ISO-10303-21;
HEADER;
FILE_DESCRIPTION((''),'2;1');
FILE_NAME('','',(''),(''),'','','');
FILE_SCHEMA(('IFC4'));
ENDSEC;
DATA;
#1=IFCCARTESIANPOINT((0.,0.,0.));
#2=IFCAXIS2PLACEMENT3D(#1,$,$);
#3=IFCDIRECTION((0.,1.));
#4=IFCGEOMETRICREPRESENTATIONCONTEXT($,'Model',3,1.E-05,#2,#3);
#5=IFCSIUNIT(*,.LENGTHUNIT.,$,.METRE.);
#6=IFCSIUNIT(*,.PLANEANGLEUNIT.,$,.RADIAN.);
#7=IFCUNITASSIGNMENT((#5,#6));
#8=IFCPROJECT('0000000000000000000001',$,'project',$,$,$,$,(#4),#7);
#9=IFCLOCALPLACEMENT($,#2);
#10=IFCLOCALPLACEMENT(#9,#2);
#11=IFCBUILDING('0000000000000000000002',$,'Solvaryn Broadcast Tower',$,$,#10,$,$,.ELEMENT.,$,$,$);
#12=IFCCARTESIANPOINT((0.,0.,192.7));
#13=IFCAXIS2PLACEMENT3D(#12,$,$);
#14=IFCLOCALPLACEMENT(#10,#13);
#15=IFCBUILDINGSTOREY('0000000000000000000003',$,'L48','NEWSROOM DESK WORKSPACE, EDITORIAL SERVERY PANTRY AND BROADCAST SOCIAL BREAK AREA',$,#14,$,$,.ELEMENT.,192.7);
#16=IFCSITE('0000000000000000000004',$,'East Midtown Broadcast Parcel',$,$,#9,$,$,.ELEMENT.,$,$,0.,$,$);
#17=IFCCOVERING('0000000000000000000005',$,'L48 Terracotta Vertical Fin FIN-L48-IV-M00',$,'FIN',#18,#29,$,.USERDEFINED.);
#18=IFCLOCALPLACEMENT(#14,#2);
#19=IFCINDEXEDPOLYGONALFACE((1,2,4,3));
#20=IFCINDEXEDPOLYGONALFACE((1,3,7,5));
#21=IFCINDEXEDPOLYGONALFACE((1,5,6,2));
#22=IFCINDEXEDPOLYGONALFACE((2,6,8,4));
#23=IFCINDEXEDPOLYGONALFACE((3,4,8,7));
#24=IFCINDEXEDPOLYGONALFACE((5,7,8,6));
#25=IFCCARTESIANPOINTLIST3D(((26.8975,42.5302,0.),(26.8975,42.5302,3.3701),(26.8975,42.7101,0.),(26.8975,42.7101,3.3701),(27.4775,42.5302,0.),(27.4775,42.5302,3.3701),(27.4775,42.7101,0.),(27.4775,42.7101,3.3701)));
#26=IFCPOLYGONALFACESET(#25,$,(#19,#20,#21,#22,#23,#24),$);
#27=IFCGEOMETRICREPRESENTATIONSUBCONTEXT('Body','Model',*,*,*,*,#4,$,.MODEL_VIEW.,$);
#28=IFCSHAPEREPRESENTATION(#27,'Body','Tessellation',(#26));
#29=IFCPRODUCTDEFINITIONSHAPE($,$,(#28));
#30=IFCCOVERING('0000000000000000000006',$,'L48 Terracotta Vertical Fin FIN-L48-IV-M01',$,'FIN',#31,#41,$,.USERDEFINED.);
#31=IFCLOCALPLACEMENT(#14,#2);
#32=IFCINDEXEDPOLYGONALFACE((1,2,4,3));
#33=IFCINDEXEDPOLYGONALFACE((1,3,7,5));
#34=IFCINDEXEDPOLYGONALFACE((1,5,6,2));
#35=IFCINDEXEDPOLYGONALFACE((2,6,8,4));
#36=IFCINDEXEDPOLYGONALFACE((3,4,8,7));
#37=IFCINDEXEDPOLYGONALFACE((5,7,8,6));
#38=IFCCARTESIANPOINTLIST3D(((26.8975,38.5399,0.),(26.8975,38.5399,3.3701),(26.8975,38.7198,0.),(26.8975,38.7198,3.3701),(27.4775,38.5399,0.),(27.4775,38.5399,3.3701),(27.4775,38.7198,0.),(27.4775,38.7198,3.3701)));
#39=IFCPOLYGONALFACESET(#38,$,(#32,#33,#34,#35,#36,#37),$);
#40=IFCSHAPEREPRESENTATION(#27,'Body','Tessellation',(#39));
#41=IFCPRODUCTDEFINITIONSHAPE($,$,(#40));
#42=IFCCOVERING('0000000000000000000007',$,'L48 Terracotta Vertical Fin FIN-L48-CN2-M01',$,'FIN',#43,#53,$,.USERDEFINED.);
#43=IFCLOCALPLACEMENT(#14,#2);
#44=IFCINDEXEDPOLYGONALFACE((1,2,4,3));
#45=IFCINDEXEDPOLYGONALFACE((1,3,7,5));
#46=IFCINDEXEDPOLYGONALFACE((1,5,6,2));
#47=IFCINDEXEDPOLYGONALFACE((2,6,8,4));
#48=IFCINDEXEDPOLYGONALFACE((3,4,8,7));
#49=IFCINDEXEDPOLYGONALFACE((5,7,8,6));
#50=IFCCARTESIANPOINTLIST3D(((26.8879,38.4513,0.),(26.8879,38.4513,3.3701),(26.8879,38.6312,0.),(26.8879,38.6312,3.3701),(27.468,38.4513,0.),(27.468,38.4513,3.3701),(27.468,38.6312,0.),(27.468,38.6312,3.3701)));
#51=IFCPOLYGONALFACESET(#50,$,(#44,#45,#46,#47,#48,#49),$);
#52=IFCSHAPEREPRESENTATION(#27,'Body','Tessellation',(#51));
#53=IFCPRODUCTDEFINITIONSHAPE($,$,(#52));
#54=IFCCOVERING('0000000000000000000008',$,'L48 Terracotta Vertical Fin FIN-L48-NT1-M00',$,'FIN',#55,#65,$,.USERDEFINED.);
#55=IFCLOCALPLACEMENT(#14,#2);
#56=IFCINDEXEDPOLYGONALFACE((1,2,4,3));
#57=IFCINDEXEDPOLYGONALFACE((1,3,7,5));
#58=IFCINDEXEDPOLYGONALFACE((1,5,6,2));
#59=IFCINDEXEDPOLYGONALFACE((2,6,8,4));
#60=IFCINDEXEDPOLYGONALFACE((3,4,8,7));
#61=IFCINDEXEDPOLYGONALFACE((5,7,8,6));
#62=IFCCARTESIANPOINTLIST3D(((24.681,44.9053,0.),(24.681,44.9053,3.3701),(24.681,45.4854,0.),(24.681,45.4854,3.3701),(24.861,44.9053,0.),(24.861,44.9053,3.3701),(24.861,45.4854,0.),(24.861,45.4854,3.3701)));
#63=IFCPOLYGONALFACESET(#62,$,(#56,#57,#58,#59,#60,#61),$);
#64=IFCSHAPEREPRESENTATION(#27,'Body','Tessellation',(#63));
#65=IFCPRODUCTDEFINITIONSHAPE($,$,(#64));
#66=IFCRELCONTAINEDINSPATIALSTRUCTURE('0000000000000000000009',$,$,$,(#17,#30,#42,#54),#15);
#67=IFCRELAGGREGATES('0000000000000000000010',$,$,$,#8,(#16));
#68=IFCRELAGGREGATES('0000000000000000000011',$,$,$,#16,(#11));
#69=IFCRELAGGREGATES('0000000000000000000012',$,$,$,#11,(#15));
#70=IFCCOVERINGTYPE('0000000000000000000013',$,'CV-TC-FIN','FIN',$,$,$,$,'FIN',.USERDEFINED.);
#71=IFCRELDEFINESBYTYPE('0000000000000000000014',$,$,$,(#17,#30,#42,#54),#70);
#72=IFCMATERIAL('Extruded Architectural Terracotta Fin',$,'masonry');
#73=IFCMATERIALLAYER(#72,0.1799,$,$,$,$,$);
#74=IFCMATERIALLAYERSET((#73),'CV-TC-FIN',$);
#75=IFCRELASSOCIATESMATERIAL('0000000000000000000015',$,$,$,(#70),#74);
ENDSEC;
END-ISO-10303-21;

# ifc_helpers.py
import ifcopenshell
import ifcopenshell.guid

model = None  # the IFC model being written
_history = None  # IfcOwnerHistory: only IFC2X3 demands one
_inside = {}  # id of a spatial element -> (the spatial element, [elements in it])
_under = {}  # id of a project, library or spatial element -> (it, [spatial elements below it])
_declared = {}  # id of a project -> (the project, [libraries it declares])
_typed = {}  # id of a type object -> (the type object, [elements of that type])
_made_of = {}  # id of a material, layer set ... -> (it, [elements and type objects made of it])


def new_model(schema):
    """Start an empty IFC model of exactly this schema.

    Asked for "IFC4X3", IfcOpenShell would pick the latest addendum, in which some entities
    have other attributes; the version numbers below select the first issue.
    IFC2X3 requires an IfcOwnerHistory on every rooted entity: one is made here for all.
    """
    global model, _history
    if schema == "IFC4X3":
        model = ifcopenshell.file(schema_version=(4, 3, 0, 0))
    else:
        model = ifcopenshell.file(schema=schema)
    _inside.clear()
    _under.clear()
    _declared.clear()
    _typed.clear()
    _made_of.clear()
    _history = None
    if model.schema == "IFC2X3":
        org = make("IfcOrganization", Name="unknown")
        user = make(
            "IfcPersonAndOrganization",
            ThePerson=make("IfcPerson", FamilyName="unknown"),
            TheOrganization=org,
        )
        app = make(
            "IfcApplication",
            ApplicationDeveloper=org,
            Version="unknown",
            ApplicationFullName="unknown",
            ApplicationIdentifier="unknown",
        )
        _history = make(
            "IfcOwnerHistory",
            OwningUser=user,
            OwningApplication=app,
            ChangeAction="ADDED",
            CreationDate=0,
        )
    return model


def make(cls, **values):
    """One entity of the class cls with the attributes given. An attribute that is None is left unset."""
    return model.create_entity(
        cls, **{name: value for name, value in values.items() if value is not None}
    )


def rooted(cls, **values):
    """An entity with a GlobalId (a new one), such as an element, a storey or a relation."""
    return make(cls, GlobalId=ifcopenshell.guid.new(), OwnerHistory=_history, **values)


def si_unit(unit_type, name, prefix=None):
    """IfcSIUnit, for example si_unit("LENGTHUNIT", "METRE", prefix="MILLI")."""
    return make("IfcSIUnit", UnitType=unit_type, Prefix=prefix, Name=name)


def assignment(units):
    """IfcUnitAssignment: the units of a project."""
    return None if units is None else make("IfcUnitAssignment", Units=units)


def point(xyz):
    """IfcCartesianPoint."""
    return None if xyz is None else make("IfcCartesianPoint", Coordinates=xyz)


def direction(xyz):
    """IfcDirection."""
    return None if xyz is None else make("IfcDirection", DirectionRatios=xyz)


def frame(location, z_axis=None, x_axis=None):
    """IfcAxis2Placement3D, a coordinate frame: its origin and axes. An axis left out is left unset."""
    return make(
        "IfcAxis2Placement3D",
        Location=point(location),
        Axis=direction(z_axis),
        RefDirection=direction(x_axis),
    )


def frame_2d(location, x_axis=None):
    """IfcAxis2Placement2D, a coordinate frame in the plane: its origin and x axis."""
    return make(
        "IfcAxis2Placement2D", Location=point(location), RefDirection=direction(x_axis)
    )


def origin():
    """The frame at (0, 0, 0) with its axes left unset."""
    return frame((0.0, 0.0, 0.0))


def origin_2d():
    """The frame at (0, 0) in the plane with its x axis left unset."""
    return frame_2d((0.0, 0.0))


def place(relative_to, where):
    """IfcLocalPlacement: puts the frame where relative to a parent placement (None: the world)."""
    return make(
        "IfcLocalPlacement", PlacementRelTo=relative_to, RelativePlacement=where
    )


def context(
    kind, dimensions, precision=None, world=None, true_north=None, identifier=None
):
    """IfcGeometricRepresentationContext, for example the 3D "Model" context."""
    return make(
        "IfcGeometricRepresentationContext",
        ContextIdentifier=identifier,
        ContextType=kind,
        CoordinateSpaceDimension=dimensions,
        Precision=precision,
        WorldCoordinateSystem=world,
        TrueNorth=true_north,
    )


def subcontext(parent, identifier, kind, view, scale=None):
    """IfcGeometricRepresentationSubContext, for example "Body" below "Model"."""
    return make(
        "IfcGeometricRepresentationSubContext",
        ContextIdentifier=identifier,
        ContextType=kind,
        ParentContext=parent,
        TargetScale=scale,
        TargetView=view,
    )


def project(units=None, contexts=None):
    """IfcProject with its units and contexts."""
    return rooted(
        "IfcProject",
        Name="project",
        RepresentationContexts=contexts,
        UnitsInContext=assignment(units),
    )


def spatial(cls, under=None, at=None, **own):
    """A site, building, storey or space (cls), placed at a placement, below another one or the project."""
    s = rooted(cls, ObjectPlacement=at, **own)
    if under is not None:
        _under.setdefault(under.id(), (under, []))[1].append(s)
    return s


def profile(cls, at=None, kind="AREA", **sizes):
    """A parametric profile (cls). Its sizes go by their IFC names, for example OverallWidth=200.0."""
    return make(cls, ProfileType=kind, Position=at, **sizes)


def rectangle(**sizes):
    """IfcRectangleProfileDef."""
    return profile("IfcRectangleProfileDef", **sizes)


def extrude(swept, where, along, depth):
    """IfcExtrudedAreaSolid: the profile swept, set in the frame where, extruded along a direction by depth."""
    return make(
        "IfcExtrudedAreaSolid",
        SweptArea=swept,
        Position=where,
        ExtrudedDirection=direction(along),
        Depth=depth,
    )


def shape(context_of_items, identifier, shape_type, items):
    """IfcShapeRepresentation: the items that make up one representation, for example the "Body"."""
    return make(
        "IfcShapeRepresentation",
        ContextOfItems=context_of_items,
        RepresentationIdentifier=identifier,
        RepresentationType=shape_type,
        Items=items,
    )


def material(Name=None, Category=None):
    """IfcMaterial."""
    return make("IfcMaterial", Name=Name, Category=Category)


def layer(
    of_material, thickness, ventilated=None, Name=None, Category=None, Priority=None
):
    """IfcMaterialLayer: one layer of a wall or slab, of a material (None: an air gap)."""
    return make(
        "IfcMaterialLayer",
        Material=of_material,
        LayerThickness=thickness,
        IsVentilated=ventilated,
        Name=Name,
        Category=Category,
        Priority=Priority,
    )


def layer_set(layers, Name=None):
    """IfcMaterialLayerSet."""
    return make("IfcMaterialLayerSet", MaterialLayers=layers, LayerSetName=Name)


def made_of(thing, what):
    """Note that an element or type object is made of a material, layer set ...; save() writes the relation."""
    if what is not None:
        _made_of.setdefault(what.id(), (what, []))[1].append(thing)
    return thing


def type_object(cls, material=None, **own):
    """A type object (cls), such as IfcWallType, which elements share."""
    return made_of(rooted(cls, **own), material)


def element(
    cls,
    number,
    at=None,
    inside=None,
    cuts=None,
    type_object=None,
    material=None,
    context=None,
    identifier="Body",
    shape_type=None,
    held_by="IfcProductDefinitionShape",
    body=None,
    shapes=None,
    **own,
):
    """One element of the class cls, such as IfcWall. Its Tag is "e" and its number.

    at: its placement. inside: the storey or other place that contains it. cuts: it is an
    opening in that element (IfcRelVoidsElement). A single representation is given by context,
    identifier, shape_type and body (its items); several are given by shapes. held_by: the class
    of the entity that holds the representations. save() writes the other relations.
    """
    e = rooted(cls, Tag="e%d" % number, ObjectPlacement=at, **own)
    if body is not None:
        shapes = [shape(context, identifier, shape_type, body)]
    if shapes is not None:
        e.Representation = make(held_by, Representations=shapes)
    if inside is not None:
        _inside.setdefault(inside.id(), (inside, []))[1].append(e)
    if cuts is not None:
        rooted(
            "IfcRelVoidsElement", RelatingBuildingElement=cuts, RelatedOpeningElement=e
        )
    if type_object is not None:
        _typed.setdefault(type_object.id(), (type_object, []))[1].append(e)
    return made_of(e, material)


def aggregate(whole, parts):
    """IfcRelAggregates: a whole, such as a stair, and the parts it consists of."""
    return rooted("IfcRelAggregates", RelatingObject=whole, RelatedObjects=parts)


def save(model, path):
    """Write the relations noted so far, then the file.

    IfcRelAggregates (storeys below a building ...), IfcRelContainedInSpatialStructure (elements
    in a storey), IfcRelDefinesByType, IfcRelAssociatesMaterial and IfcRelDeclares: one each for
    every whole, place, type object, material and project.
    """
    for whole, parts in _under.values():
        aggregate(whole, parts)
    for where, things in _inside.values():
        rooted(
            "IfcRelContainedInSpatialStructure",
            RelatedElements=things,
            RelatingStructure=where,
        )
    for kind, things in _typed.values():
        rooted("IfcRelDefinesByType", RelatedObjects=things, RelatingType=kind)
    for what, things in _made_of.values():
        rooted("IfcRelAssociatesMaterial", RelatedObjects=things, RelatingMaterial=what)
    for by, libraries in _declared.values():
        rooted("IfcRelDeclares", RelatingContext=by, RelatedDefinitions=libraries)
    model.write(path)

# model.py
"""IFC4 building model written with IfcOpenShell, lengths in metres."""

from ifc_helpers import new_model, si_unit, direction, frame, origin, origin_2d, place, context, subcontext, project, spatial, rectangle, extrude, material, layer, layer_set, type_object, element, save


model = new_model("IFC4")

# Units and contexts
model_context = context("Model", 3, precision=1e-05, world=origin(), true_north=direction((0.0, 1.0)))
body_context = subcontext(model_context, "Body", "Model", "MODEL_VIEW")
ifc_project = project(units=[si_unit("LENGTHUNIT", "METRE"), si_unit("PLANEANGLEUNIT", "RADIAN")], contexts=[model_context])

# Site, building, storey
site_placement = place(None, origin())
site = spatial("IfcSite", under=ifc_project, at=site_placement, Name="East Midtown Broadcast Parcel", CompositionType="ELEMENT", RefElevation=0.0)
building_placement = place(site_placement, origin())
building = spatial("IfcBuilding", under=site, at=building_placement, Name="Solvaryn Broadcast Tower", CompositionType="ELEMENT")
storey_placement = place(building_placement, frame((0.0, 0.0, 192.7)))
storey = spatial("IfcBuildingStorey", under=building, at=storey_placement, Name="L48", Description="NEWSROOM DESK WORKSPACE, EDITORIAL SERVERY PANTRY AND BROADCAST SOCIAL BREAK AREA", CompositionType="ELEMENT", Elevation=192.7)

# Coverings
ifc_material_1 = material(Name="Extruded Architectural Terracotta Fin", Category="masonry")
ifc_layer_1 = layer(ifc_material_1, 0.1799)
ifc_layer_set_1 = layer_set([ifc_layer_1], Name="CV-TC-FIN")
covering_type = type_object("IfcCoveringType", Name="CV-TC-FIN", Description="FIN", ElementType="FIN", PredefinedType="USERDEFINED", material=ifc_layer_set_1)
for number, where, z_axis, x_axis, name in (
    (1, (27.1875, 42.6201, 0.0), (0.0, 0.0, 1.0), (1.0, 0.0, 0.0), "L48 Terracotta Vertical Fin FIN-L48-IV-M00"),
    (2, (27.1875, 38.6299, 0.0), (0.0, 0.0, 1.0), (1.0, 0.0, 0.0), "L48 Terracotta Vertical Fin FIN-L48-IV-M01"),
    (3, (27.178, 38.5413, 0.0), (0.0, 0.0, 1.0), (1.0, 0.0, 0.0), "L48 Terracotta Vertical Fin FIN-L48-CN2-M01"),
):
    element("IfcCovering", number, at=place(storey_placement, frame(where, z_axis=z_axis, x_axis=x_axis)), inside=storey, type_object=covering_type, Name=name, ObjectType="FIN", PredefinedType="USERDEFINED", context=body_context, shape_type="SweptSolid", body=[
        extrude(rectangle(XDim=0.5801, YDim=0.1799, at=origin_2d()), origin(), (0.0, 0.0, 1.0), 3.3701),
    ])
covering_placement = place(storey_placement, frame((24.771, 45.1953, 0.0), z_axis=(0.0, 0.0, 1.0), x_axis=(1.0, 0.0, 0.0)))
element("IfcCovering", 4, at=covering_placement, inside=storey, type_object=covering_type, Name="L48 Terracotta Vertical Fin FIN-L48-NT1-M00", ObjectType="FIN", PredefinedType="USERDEFINED", context=body_context, shape_type="SweptSolid", body=[
    extrude(rectangle(XDim=0.1799, YDim=0.5801, at=origin_2d()), origin(), (0.0, 0.0, 1.0), 3.3701),
])

save(model, "model.ifc")
